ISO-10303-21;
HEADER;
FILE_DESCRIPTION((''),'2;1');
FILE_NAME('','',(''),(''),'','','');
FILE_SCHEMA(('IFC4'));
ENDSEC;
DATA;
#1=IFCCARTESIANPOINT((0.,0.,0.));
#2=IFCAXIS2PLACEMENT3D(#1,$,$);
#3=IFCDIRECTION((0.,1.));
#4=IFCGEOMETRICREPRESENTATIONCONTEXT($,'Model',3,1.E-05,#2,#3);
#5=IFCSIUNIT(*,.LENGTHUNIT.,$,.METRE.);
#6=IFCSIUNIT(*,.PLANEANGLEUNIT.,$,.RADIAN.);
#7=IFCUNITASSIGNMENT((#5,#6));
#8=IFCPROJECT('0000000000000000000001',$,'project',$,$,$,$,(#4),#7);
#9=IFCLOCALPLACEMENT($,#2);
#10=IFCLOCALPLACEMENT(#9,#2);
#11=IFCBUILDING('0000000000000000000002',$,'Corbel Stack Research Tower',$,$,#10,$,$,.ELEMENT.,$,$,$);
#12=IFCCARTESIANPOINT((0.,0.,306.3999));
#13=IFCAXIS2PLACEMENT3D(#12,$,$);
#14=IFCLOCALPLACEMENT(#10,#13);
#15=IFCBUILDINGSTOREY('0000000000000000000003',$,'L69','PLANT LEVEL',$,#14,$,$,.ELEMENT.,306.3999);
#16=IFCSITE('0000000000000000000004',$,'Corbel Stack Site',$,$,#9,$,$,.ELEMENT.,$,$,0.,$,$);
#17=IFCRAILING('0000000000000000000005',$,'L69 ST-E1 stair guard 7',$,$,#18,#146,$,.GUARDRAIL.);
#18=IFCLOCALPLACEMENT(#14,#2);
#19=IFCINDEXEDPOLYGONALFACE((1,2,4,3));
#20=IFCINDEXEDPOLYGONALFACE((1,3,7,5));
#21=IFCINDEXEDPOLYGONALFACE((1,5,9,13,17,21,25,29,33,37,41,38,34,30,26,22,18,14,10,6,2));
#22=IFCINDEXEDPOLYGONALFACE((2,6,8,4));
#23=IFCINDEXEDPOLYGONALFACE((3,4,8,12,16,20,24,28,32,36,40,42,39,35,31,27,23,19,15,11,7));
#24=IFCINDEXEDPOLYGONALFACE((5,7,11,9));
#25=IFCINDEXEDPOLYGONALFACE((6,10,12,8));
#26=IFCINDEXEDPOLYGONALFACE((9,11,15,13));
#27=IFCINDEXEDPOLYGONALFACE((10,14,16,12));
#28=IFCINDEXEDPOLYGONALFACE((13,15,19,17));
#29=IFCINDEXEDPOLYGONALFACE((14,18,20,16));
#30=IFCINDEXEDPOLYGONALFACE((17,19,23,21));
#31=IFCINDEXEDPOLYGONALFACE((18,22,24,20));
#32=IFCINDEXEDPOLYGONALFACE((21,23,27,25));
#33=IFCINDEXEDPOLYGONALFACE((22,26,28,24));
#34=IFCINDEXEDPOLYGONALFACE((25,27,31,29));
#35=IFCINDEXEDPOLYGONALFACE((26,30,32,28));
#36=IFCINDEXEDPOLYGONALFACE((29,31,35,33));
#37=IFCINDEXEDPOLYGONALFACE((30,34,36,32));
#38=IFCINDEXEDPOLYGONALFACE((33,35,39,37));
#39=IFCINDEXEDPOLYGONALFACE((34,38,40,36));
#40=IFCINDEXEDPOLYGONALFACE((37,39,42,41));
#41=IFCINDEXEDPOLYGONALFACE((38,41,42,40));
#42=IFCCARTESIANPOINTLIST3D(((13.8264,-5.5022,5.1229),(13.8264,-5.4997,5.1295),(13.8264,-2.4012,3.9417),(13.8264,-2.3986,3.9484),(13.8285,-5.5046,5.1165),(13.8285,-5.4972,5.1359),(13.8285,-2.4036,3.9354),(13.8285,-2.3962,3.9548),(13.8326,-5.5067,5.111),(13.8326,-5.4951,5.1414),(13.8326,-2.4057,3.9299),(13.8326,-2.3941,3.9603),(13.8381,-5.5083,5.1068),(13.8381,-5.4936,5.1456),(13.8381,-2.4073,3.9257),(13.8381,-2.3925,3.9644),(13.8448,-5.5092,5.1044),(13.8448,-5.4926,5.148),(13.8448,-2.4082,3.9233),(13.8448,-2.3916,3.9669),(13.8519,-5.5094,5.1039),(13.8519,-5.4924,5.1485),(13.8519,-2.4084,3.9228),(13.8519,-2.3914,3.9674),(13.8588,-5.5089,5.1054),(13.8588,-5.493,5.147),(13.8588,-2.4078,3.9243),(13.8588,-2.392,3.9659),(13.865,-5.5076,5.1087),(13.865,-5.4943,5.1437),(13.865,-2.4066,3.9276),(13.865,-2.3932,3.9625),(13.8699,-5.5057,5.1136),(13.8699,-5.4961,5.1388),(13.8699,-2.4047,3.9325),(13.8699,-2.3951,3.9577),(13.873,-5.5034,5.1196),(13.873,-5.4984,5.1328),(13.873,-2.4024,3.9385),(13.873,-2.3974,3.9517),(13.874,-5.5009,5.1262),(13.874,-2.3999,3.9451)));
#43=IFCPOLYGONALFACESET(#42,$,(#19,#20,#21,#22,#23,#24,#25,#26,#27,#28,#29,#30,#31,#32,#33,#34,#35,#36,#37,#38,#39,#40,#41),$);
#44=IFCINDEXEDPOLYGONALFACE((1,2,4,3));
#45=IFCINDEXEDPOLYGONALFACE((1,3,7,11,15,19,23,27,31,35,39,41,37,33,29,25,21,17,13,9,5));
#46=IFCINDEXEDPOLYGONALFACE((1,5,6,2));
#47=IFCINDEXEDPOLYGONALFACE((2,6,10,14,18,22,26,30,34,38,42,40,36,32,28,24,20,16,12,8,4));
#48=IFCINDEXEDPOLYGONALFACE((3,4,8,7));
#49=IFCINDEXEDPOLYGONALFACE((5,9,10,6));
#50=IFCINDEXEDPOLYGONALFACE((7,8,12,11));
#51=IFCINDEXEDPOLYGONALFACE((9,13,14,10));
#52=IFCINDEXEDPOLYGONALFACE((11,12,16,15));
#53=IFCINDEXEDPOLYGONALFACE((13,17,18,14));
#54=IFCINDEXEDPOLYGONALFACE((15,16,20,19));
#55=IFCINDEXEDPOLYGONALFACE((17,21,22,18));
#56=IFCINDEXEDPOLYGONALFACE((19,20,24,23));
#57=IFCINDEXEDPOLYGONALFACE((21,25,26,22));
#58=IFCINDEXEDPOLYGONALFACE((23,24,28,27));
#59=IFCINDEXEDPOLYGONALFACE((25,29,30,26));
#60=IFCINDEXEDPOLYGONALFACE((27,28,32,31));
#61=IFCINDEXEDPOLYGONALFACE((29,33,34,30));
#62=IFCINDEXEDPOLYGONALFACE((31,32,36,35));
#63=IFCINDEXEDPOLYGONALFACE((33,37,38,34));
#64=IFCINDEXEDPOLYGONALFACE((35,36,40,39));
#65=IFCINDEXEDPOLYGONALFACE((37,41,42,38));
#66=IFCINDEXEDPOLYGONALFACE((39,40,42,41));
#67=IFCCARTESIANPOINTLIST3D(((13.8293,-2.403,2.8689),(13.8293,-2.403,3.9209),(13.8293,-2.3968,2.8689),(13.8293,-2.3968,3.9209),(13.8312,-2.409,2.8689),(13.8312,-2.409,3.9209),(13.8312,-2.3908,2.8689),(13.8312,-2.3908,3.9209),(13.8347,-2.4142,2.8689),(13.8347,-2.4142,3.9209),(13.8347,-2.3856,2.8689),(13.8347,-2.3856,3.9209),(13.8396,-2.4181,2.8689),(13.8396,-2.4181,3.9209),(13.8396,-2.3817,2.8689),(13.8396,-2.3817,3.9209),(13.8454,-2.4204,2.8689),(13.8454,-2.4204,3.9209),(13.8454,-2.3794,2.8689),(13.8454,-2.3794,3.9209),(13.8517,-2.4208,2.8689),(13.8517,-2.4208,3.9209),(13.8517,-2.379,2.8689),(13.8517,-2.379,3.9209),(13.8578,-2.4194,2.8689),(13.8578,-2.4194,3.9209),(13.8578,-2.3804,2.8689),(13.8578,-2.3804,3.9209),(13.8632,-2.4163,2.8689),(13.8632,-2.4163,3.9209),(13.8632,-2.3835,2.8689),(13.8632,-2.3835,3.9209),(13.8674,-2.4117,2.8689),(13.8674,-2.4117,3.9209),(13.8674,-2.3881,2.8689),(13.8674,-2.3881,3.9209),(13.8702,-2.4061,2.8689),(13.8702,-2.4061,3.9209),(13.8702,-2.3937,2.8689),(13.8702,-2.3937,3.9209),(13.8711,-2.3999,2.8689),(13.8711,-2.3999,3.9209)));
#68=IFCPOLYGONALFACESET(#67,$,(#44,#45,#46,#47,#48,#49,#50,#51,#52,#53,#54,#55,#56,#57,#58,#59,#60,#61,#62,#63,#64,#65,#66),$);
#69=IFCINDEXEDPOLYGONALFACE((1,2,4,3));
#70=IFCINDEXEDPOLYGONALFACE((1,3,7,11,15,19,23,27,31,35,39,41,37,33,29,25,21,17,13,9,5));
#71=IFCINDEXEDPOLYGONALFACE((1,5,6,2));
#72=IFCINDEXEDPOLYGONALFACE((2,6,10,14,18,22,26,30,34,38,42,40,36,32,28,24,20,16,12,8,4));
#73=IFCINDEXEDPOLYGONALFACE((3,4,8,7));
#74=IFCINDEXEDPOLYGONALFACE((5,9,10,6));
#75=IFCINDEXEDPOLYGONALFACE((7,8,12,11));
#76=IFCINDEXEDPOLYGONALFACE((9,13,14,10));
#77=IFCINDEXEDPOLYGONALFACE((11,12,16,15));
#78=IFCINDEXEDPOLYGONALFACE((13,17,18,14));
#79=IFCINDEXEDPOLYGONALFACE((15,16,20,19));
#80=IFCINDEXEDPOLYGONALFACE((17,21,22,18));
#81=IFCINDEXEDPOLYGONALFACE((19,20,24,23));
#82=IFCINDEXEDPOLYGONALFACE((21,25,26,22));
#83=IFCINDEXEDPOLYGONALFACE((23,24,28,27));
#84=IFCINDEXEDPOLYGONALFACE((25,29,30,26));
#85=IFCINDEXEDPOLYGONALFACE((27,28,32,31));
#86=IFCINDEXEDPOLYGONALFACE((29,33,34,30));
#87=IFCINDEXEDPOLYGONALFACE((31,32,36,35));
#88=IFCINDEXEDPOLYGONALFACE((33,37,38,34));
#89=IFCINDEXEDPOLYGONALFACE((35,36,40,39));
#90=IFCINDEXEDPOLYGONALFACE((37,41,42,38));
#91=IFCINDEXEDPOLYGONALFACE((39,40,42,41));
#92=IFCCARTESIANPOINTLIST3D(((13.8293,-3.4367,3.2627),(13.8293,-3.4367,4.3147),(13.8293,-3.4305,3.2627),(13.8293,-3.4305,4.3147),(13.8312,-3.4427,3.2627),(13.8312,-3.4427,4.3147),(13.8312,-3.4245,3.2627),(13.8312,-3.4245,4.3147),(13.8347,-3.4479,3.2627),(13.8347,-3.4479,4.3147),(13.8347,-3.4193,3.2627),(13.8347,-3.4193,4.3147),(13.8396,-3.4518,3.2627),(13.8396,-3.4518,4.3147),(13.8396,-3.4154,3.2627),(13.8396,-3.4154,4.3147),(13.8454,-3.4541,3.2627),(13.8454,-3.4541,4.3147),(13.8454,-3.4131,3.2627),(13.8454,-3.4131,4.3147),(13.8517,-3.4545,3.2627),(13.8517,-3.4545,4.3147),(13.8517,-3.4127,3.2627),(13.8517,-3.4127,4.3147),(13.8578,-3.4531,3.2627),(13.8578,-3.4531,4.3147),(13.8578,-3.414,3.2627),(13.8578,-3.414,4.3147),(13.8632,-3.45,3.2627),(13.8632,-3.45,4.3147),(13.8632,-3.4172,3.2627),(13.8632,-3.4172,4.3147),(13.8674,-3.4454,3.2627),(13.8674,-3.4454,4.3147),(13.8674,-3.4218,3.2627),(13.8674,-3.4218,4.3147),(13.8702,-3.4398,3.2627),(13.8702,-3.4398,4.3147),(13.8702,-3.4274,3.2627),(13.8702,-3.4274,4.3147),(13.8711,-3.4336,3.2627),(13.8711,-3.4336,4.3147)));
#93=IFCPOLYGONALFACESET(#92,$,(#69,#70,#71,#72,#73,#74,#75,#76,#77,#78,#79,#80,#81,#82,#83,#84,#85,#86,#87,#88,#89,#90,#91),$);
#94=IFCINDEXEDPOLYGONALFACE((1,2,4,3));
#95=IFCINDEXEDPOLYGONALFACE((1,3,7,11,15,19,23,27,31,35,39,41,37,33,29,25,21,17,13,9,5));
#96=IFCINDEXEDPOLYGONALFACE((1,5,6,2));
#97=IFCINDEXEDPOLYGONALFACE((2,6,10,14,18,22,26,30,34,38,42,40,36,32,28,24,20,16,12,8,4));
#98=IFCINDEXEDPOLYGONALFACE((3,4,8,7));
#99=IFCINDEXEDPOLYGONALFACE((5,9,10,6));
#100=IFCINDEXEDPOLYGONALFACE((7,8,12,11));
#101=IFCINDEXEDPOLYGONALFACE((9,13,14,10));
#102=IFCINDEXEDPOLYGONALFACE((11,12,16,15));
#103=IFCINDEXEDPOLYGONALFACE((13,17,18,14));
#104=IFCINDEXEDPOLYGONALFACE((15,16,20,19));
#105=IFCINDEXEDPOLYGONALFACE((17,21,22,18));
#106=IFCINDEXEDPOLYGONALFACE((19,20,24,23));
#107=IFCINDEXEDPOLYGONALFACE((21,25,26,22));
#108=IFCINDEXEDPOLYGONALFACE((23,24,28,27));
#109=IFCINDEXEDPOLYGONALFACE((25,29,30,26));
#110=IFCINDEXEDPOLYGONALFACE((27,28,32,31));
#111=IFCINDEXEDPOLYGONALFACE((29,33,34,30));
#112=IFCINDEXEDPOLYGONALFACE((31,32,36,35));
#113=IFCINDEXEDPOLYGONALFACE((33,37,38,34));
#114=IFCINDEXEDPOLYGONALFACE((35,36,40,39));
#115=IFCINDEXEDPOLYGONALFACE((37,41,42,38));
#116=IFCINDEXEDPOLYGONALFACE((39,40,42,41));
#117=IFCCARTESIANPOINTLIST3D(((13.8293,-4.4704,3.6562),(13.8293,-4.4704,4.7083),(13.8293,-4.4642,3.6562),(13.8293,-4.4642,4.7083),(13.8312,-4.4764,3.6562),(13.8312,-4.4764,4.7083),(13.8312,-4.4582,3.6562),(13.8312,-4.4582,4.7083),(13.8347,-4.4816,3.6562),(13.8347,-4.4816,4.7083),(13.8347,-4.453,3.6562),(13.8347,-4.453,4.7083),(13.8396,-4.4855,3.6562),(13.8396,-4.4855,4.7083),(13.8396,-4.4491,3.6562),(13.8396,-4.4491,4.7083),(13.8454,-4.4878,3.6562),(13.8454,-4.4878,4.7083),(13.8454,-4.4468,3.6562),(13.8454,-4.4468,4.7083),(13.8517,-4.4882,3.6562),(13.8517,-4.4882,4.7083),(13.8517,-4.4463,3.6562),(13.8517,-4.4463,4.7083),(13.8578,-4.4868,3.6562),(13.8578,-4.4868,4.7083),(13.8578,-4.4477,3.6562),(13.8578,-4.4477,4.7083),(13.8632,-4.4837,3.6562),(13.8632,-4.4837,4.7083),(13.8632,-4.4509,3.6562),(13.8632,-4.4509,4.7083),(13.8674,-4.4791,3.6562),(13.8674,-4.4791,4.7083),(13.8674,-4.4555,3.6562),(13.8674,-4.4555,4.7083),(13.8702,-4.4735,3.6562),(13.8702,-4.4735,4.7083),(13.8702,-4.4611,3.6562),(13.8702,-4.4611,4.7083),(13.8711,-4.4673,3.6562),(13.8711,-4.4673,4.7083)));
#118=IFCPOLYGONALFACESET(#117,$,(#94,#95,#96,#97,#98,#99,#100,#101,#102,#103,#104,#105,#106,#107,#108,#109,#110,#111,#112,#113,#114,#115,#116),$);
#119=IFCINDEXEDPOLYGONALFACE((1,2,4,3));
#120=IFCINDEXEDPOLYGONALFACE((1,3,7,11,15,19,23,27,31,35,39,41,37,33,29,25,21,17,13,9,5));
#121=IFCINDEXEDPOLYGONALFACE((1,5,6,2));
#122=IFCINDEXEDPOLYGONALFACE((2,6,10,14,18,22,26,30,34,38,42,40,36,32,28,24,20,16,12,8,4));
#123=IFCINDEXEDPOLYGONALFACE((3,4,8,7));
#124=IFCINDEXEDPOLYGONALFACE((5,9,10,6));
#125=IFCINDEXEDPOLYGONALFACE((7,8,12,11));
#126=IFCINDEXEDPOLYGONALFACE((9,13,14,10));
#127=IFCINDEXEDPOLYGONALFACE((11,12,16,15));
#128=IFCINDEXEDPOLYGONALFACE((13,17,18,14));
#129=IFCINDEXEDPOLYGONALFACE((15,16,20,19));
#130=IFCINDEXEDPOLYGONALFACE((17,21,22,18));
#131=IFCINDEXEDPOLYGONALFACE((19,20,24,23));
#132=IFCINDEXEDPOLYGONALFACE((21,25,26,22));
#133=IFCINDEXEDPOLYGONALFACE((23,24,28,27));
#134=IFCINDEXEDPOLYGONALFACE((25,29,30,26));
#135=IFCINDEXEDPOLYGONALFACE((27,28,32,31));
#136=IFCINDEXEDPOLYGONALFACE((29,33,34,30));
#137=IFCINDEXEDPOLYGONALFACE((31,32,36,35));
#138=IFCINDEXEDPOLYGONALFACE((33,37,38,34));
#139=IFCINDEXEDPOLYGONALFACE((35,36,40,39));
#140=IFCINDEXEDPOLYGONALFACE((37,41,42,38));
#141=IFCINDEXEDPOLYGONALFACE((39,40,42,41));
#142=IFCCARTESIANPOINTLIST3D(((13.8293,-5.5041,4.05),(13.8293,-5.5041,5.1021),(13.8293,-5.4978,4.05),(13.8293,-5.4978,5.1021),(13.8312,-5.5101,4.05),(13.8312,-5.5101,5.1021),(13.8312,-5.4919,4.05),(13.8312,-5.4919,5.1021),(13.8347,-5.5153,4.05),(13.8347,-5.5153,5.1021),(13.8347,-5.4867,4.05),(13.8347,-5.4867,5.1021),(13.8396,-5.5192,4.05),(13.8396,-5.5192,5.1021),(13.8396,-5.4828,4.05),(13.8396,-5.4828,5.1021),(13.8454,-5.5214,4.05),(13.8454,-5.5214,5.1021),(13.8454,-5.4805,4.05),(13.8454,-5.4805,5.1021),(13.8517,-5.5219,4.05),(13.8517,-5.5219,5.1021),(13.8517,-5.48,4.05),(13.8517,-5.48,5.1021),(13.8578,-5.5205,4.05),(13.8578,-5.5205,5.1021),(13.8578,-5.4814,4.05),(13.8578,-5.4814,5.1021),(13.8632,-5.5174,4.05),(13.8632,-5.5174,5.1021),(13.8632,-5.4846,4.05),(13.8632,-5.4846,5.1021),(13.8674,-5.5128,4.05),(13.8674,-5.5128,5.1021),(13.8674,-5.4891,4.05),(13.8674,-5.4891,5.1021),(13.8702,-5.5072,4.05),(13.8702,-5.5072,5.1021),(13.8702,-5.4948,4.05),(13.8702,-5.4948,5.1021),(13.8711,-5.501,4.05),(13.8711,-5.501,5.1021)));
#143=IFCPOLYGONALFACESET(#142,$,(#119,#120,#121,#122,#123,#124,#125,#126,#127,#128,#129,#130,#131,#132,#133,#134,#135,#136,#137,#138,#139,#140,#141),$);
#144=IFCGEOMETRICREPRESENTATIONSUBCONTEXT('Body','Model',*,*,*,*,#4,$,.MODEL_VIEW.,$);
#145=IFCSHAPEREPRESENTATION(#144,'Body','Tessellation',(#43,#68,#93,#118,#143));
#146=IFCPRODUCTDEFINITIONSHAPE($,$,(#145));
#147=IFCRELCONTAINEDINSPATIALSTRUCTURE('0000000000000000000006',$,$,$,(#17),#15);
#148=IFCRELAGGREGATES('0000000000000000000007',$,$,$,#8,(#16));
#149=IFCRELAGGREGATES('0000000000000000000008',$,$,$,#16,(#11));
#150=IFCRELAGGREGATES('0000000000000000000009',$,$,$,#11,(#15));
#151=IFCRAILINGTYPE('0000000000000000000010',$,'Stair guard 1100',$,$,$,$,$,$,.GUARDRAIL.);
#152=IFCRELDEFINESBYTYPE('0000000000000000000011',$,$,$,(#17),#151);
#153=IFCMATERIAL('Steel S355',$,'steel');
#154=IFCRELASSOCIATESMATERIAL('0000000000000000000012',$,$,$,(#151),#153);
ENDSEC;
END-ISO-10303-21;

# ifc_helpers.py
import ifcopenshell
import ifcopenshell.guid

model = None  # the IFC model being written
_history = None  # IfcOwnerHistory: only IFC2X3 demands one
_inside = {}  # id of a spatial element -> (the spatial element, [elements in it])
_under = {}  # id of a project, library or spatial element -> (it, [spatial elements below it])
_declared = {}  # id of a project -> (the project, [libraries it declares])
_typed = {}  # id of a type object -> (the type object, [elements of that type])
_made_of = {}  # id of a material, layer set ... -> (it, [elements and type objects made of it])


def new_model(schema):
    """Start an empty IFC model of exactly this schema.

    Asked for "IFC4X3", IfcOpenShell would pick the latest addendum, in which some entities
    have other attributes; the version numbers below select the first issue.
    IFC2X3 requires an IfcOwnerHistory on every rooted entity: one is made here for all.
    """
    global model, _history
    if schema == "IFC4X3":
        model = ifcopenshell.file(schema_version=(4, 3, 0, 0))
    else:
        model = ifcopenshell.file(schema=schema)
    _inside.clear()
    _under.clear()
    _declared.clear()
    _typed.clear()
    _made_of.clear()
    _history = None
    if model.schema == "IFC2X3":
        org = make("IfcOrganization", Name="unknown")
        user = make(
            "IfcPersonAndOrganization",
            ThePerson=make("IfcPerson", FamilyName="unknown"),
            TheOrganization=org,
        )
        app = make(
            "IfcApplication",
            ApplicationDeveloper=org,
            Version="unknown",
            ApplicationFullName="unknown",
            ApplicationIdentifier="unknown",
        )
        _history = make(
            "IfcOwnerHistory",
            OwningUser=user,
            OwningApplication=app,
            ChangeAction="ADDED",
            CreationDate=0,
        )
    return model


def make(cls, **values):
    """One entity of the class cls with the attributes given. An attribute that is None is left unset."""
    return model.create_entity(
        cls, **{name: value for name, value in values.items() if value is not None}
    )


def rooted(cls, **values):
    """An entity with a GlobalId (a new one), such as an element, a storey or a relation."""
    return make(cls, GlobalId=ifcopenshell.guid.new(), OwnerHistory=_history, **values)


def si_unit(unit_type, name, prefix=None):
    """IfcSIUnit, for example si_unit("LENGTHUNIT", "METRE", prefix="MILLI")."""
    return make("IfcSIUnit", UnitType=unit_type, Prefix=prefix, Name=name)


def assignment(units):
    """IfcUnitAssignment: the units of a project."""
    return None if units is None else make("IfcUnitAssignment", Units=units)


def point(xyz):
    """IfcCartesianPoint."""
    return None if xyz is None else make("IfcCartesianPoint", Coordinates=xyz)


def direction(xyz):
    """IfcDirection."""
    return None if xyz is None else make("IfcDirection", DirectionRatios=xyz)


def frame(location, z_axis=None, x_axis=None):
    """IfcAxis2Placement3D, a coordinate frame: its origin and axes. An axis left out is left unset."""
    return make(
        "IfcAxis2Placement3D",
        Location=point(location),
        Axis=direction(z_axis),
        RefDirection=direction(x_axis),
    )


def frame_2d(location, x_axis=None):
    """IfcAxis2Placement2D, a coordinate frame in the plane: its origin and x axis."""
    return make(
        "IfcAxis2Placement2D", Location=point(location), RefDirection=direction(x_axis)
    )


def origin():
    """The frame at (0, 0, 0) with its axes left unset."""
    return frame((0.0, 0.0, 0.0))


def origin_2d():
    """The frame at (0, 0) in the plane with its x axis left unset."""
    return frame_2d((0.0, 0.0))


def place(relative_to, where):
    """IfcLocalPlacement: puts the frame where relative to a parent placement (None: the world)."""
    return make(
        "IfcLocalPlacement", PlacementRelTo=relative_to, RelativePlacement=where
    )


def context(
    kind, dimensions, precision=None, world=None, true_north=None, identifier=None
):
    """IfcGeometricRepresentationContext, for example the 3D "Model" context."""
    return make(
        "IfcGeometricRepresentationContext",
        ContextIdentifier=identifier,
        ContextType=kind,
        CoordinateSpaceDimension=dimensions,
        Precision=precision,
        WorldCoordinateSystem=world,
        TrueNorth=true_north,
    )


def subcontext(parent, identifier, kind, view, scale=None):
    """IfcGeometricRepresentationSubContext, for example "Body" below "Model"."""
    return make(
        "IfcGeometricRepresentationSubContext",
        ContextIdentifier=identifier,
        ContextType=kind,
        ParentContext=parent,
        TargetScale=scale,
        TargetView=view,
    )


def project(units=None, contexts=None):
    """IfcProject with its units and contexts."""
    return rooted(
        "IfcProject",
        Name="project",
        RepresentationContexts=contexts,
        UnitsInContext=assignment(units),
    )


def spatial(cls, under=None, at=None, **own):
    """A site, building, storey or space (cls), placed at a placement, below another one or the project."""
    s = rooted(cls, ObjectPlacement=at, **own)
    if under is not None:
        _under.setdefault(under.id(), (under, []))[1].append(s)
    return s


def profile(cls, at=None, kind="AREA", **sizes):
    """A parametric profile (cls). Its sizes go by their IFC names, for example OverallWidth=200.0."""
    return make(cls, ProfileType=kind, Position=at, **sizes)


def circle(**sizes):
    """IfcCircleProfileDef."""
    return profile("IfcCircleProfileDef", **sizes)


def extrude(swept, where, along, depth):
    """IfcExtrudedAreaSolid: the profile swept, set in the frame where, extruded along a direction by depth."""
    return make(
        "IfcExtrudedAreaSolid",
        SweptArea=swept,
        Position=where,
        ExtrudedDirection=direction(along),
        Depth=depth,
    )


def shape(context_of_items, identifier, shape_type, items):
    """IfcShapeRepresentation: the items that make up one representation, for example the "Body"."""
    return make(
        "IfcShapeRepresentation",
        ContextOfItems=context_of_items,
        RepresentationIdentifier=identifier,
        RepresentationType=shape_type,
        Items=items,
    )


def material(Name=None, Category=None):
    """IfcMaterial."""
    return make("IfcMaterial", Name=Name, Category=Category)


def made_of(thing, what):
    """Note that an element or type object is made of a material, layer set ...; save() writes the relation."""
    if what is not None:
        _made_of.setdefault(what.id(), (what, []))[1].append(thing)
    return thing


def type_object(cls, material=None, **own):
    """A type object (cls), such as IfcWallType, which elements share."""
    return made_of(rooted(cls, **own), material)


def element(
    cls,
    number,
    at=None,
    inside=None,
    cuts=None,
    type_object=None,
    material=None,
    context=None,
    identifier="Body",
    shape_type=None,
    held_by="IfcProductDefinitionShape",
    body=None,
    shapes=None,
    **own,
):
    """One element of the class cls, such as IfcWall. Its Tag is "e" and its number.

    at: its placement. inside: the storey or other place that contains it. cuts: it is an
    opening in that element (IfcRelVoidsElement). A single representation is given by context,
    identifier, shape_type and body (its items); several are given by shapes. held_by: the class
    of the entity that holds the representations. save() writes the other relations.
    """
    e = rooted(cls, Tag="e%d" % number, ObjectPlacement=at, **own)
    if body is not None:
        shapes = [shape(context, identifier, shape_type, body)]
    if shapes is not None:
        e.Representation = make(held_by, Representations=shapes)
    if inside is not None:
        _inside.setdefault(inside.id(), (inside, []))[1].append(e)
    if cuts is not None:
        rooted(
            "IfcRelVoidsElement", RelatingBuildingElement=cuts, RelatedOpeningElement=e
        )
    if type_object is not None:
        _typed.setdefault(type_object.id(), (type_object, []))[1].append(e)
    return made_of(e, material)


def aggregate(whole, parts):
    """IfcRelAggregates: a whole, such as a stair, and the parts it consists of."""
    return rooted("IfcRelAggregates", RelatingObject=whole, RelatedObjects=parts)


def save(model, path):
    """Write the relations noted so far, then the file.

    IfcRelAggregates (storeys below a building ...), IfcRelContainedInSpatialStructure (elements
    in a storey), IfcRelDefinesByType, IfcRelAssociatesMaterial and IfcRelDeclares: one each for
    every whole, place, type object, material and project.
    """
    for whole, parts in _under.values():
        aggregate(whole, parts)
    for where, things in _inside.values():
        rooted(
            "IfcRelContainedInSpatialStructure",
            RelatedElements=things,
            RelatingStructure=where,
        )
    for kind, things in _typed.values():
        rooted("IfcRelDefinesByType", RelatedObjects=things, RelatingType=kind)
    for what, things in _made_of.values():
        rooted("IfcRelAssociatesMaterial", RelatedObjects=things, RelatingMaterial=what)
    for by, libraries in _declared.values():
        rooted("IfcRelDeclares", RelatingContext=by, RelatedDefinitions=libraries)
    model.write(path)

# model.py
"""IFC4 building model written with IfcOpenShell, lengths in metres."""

from ifc_helpers import new_model, si_unit, direction, frame, origin, origin_2d, place, context, subcontext, project, spatial, circle, extrude, material, type_object, element, save


model = new_model("IFC4")

# Units and contexts
model_context = context("Model", 3, precision=1e-05, world=origin(), true_north=direction((0.0, 1.0)))
body_context = subcontext(model_context, "Body", "Model", "MODEL_VIEW")
ifc_project = project(units=[si_unit("LENGTHUNIT", "METRE"), si_unit("PLANEANGLEUNIT", "RADIAN")], contexts=[model_context])

# Site, building, storey
site_placement = place(None, origin())
site = spatial("IfcSite", under=ifc_project, at=site_placement, Name="Corbel Stack Site", CompositionType="ELEMENT", RefElevation=0.0)
building_placement = place(site_placement, origin())
building = spatial("IfcBuilding", under=site, at=building_placement, Name="Corbel Stack Research Tower", CompositionType="ELEMENT")
storey_placement = place(building_placement, frame((0.0, 0.0, 306.3999)))
storey = spatial("IfcBuildingStorey", under=building, at=storey_placement, Name="L69", Description="PLANT LEVEL", CompositionType="ELEMENT", Elevation=306.3999)

# Railing
ifc_material_1 = material(Name="Steel S355", Category="steel")
railing_type_1 = type_object("IfcRailingType", Name="Stair guard 1100", PredefinedType="GUARDRAIL", material=ifc_material_1)
railing_1_placement = place(storey_placement, frame((13.8501, -2.3999, 2.8689)))
element("IfcRailing", 1, at=railing_1_placement, inside=storey, type_object=railing_type_1, Name="L69 ST-E1 stair guard 7", PredefinedType="GUARDRAIL", context=body_context, shape_type="SweptSolid", body=[
    extrude(circle(Radius=0.0239, at=origin_2d()), frame((0.0, 0.0, 1.0762), z_axis=(0.0, -0.934509, 0.35594), x_axis=(1.0, 0.0, 0.0)), (0.0, 0.0, 1.0), 3.3184),
    extrude(circle(Radius=0.021, at=origin_2d()), origin(), (0.0, 0.0, 1.0), 1.052),
    extrude(circle(Radius=0.021, at=origin_2d()), frame((0.0, -1.0337, 0.3938)), (0.0, 0.0, 1.0), 1.052),
    extrude(circle(Radius=0.021, at=origin_2d()), frame((0.0, -2.0674, 0.7874)), (0.0, 0.0, 1.0), 1.052),
    extrude(circle(Radius=0.021, at=origin_2d()), frame((0.0, -3.1011, 1.1812)), (0.0, 0.0, 1.0), 1.052),
])

save(model, "model.ifc")
